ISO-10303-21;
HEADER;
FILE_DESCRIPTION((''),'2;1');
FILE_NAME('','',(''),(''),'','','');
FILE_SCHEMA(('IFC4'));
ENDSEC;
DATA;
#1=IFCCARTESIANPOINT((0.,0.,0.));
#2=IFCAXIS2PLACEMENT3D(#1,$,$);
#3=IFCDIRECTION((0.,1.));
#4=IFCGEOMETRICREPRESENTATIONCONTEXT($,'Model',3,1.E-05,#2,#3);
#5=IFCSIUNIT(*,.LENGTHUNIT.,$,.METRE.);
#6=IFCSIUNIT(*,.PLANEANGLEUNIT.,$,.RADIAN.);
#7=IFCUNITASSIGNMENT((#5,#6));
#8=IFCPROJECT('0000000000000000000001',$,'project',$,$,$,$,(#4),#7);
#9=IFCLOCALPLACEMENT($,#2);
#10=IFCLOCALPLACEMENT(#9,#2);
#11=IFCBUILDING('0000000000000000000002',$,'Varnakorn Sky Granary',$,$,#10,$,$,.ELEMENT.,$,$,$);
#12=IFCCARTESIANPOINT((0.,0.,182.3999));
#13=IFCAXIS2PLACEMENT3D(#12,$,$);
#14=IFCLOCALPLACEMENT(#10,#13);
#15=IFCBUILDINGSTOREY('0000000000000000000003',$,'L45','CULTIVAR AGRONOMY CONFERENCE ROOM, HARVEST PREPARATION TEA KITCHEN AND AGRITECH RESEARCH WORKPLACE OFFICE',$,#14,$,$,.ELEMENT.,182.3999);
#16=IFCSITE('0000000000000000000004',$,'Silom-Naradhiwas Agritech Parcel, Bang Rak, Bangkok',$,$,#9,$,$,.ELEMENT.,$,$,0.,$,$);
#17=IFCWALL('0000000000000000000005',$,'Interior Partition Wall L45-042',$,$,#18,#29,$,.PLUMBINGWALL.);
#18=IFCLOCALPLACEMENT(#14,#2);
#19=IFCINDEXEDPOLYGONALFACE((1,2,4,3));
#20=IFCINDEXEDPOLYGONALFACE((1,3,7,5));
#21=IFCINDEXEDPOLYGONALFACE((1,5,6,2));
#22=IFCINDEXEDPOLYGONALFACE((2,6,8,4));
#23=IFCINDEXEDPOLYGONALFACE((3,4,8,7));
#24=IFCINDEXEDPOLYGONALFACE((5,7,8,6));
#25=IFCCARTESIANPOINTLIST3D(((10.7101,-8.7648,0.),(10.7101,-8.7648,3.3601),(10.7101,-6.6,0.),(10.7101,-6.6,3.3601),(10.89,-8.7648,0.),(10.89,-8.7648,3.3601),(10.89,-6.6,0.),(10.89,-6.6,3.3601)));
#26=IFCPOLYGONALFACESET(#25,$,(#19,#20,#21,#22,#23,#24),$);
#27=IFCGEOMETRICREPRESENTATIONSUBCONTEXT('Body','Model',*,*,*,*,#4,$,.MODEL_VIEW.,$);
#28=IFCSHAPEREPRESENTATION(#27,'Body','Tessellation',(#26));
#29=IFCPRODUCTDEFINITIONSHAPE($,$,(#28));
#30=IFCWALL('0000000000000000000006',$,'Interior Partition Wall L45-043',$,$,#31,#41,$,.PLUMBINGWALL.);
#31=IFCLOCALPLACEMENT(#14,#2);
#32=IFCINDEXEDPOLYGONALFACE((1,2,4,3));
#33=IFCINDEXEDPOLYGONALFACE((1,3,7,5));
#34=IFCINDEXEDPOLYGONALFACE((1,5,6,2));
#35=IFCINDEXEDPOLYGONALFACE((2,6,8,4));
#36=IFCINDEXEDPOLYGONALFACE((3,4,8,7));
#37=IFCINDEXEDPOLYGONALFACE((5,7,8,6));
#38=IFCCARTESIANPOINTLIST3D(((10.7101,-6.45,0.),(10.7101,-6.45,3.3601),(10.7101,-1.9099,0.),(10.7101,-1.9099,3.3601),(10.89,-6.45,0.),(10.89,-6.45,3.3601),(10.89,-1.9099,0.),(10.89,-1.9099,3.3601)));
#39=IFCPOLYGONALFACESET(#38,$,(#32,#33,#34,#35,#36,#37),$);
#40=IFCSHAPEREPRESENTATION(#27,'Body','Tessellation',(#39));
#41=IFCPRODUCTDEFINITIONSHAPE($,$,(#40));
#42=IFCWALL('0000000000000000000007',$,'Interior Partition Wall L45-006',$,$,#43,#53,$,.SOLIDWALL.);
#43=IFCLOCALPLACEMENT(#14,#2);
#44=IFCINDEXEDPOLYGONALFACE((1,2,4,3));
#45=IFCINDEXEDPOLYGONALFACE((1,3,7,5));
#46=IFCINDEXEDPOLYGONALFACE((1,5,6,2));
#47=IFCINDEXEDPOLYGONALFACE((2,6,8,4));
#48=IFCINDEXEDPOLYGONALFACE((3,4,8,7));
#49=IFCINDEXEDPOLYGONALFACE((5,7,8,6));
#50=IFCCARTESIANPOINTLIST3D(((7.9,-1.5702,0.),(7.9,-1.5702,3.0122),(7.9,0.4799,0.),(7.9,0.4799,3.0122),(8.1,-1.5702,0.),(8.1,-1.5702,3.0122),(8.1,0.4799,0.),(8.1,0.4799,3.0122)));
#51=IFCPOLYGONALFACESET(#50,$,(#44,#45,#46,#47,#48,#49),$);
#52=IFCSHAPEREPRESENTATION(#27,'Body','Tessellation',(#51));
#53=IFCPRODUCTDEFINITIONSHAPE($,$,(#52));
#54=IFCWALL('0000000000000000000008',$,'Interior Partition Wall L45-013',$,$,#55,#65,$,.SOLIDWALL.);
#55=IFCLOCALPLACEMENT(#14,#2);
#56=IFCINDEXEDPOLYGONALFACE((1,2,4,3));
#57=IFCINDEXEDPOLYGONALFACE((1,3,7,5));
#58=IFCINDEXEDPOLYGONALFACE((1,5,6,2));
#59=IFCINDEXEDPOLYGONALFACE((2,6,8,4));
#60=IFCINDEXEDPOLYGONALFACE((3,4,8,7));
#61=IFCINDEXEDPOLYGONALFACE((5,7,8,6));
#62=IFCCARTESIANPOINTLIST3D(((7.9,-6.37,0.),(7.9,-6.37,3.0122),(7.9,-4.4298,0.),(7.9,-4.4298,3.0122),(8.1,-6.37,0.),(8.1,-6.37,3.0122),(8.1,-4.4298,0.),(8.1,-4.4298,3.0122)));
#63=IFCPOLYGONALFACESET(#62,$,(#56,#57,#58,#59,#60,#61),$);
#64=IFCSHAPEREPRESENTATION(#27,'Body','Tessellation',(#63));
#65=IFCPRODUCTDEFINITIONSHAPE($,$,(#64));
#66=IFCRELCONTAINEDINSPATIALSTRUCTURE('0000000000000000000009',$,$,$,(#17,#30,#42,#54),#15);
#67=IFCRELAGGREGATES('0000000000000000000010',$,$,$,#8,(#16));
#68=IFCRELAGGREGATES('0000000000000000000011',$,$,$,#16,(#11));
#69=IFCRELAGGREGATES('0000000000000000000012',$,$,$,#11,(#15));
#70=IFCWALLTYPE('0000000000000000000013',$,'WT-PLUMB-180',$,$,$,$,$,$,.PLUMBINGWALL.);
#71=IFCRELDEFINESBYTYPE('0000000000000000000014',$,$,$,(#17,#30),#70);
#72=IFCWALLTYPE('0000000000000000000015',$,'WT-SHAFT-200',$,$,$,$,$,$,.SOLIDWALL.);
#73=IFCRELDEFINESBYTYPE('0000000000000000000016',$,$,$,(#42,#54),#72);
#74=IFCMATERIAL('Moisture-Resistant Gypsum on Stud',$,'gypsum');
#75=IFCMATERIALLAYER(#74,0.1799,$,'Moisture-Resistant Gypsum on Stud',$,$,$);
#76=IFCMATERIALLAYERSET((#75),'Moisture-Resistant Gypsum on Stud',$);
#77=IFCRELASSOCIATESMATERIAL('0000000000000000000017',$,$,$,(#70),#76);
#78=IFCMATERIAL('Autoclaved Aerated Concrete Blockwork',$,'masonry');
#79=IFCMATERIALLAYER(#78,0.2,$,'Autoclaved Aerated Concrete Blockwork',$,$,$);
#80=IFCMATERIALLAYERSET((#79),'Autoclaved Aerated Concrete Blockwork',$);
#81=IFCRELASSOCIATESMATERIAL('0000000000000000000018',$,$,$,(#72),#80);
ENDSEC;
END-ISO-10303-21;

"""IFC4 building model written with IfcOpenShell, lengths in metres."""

from ifc_helpers import new_model, si_unit, direction, frame, frame_2d, origin, place, context, subcontext, project, spatial, rectangle, extrude, material, layer, layer_set, type_object, element, save


model = new_model("IFC4")

# Units and contexts
model_context = context("Model", 3, precision=1e-05, world=origin(), true_north=direction((0.0, 1.0)))
body_context = subcontext(model_context, "Body", "Model", "MODEL_VIEW")
ifc_project = project(units=[si_unit("LENGTHUNIT", "METRE"), si_unit("PLANEANGLEUNIT", "RADIAN")], contexts=[model_context])

# Site, building, storey
site_placement = place(None, origin())
site = spatial("IfcSite", under=ifc_project, at=site_placement, Name="Silom-Naradhiwas Agritech Parcel, Bang Rak, Bangkok", CompositionType="ELEMENT", RefElevation=0.0)
building_placement = place(site_placement, origin())
building = spatial("IfcBuilding", under=site, at=building_placement, Name="Varnakorn Sky Granary", CompositionType="ELEMENT")
storey_placement = place(building_placement, frame((0.0, 0.0, 182.3999)))
storey = spatial("IfcBuildingStorey", under=building, at=storey_placement, Name="L45", Description="CULTIVAR AGRONOMY CONFERENCE ROOM, HARVEST PREPARATION TEA KITCHEN AND AGRITECH RESEARCH WORKPLACE OFFICE", CompositionType="ELEMENT", Elevation=182.3999)

# Shared definitions
ifc_material_1 = material(Name="Autoclaved Aerated Concrete Blockwork", Category="masonry")

# Shared definitions
ifc_material_2 = material(Name="Moisture-Resistant Gypsum on Stud", Category="gypsum")
ifc_layer_1 = layer(ifc_material_2, 0.1799, Name="Moisture-Resistant Gypsum on Stud")
ifc_layer_set_1 = layer_set([ifc_layer_1], Name="Moisture-Resistant Gypsum on Stud")
wall_type_1 = type_object("IfcWallType", Name="WT-PLUMB-180", PredefinedType="PLUMBINGWALL", material=ifc_layer_set_1)

# Walls
wall_1_placement = place(storey_placement, frame((10.8, -8.7649, 0.0), z_axis=(0.0, 0.0, 1.0), x_axis=(0.0, 1.0, 0.0)))
element("IfcWall", 1, at=wall_1_placement, inside=storey, type_object=wall_type_1, Name="Interior Partition Wall L45-042", PredefinedType="PLUMBINGWALL", context=body_context, shape_type="SweptSolid", body=[
    extrude(rectangle(XDim=2.1648, YDim=0.1799, at=frame_2d((1.0825, 0.0))), origin(), (0.0, 0.0, 1.0), 3.3601),
])
wall_2_placement = place(storey_placement, frame((10.8, -6.45, 0.0), z_axis=(0.0, 0.0, 1.0), x_axis=(0.0, 1.0, 0.0)))
element("IfcWall", 2, at=wall_2_placement, inside=storey, type_object=wall_type_1, Name="Interior Partition Wall L45-043", PredefinedType="PLUMBINGWALL", context=body_context, shape_type="SweptSolid", body=[
    extrude(rectangle(XDim=4.54, YDim=0.1799, at=frame_2d((2.27, 0.0))), origin(), (0.0, 0.0, 1.0), 3.3601),
])
ifc_layer_2 = layer(ifc_material_1, 0.2, Name="Autoclaved Aerated Concrete Blockwork")
ifc_layer_set_2 = layer_set([ifc_layer_2], Name="Autoclaved Aerated Concrete Blockwork")
wall_type_2 = type_object("IfcWallType", Name="WT-SHAFT-200", PredefinedType="SOLIDWALL", material=ifc_layer_set_2)
wall_3_placement = place(storey_placement, frame((8.0, -1.5701, 0.0), z_axis=(0.0, 0.0, 1.0), x_axis=(0.0, 1.0, 0.0)))
element("IfcWall", 3, at=wall_3_placement, inside=storey, type_object=wall_type_2, Name="Interior Partition Wall L45-006", PredefinedType="SOLIDWALL", context=body_context, shape_type="SweptSolid", body=[
    extrude(rectangle(XDim=2.05, YDim=0.2, at=frame_2d((1.0249, 0.0))), origin(), (0.0, 0.0, 1.0), 3.0122),
])
wall_4_placement = place(storey_placement, frame((8.0, -6.3701, 0.0), z_axis=(0.0, 0.0, 1.0), x_axis=(0.0, 1.0, 0.0)))
element("IfcWall", 4, at=wall_4_placement, inside=storey, type_object=wall_type_2, Name="Interior Partition Wall L45-013", PredefinedType="SOLIDWALL", context=body_context, shape_type="SweptSolid", body=[
    extrude(rectangle(XDim=1.9402, YDim=0.2, at=frame_2d((0.9702, 0.0))), origin(), (0.0, 0.0, 1.0), 3.0122),
])

save(model, "model.ifc")
